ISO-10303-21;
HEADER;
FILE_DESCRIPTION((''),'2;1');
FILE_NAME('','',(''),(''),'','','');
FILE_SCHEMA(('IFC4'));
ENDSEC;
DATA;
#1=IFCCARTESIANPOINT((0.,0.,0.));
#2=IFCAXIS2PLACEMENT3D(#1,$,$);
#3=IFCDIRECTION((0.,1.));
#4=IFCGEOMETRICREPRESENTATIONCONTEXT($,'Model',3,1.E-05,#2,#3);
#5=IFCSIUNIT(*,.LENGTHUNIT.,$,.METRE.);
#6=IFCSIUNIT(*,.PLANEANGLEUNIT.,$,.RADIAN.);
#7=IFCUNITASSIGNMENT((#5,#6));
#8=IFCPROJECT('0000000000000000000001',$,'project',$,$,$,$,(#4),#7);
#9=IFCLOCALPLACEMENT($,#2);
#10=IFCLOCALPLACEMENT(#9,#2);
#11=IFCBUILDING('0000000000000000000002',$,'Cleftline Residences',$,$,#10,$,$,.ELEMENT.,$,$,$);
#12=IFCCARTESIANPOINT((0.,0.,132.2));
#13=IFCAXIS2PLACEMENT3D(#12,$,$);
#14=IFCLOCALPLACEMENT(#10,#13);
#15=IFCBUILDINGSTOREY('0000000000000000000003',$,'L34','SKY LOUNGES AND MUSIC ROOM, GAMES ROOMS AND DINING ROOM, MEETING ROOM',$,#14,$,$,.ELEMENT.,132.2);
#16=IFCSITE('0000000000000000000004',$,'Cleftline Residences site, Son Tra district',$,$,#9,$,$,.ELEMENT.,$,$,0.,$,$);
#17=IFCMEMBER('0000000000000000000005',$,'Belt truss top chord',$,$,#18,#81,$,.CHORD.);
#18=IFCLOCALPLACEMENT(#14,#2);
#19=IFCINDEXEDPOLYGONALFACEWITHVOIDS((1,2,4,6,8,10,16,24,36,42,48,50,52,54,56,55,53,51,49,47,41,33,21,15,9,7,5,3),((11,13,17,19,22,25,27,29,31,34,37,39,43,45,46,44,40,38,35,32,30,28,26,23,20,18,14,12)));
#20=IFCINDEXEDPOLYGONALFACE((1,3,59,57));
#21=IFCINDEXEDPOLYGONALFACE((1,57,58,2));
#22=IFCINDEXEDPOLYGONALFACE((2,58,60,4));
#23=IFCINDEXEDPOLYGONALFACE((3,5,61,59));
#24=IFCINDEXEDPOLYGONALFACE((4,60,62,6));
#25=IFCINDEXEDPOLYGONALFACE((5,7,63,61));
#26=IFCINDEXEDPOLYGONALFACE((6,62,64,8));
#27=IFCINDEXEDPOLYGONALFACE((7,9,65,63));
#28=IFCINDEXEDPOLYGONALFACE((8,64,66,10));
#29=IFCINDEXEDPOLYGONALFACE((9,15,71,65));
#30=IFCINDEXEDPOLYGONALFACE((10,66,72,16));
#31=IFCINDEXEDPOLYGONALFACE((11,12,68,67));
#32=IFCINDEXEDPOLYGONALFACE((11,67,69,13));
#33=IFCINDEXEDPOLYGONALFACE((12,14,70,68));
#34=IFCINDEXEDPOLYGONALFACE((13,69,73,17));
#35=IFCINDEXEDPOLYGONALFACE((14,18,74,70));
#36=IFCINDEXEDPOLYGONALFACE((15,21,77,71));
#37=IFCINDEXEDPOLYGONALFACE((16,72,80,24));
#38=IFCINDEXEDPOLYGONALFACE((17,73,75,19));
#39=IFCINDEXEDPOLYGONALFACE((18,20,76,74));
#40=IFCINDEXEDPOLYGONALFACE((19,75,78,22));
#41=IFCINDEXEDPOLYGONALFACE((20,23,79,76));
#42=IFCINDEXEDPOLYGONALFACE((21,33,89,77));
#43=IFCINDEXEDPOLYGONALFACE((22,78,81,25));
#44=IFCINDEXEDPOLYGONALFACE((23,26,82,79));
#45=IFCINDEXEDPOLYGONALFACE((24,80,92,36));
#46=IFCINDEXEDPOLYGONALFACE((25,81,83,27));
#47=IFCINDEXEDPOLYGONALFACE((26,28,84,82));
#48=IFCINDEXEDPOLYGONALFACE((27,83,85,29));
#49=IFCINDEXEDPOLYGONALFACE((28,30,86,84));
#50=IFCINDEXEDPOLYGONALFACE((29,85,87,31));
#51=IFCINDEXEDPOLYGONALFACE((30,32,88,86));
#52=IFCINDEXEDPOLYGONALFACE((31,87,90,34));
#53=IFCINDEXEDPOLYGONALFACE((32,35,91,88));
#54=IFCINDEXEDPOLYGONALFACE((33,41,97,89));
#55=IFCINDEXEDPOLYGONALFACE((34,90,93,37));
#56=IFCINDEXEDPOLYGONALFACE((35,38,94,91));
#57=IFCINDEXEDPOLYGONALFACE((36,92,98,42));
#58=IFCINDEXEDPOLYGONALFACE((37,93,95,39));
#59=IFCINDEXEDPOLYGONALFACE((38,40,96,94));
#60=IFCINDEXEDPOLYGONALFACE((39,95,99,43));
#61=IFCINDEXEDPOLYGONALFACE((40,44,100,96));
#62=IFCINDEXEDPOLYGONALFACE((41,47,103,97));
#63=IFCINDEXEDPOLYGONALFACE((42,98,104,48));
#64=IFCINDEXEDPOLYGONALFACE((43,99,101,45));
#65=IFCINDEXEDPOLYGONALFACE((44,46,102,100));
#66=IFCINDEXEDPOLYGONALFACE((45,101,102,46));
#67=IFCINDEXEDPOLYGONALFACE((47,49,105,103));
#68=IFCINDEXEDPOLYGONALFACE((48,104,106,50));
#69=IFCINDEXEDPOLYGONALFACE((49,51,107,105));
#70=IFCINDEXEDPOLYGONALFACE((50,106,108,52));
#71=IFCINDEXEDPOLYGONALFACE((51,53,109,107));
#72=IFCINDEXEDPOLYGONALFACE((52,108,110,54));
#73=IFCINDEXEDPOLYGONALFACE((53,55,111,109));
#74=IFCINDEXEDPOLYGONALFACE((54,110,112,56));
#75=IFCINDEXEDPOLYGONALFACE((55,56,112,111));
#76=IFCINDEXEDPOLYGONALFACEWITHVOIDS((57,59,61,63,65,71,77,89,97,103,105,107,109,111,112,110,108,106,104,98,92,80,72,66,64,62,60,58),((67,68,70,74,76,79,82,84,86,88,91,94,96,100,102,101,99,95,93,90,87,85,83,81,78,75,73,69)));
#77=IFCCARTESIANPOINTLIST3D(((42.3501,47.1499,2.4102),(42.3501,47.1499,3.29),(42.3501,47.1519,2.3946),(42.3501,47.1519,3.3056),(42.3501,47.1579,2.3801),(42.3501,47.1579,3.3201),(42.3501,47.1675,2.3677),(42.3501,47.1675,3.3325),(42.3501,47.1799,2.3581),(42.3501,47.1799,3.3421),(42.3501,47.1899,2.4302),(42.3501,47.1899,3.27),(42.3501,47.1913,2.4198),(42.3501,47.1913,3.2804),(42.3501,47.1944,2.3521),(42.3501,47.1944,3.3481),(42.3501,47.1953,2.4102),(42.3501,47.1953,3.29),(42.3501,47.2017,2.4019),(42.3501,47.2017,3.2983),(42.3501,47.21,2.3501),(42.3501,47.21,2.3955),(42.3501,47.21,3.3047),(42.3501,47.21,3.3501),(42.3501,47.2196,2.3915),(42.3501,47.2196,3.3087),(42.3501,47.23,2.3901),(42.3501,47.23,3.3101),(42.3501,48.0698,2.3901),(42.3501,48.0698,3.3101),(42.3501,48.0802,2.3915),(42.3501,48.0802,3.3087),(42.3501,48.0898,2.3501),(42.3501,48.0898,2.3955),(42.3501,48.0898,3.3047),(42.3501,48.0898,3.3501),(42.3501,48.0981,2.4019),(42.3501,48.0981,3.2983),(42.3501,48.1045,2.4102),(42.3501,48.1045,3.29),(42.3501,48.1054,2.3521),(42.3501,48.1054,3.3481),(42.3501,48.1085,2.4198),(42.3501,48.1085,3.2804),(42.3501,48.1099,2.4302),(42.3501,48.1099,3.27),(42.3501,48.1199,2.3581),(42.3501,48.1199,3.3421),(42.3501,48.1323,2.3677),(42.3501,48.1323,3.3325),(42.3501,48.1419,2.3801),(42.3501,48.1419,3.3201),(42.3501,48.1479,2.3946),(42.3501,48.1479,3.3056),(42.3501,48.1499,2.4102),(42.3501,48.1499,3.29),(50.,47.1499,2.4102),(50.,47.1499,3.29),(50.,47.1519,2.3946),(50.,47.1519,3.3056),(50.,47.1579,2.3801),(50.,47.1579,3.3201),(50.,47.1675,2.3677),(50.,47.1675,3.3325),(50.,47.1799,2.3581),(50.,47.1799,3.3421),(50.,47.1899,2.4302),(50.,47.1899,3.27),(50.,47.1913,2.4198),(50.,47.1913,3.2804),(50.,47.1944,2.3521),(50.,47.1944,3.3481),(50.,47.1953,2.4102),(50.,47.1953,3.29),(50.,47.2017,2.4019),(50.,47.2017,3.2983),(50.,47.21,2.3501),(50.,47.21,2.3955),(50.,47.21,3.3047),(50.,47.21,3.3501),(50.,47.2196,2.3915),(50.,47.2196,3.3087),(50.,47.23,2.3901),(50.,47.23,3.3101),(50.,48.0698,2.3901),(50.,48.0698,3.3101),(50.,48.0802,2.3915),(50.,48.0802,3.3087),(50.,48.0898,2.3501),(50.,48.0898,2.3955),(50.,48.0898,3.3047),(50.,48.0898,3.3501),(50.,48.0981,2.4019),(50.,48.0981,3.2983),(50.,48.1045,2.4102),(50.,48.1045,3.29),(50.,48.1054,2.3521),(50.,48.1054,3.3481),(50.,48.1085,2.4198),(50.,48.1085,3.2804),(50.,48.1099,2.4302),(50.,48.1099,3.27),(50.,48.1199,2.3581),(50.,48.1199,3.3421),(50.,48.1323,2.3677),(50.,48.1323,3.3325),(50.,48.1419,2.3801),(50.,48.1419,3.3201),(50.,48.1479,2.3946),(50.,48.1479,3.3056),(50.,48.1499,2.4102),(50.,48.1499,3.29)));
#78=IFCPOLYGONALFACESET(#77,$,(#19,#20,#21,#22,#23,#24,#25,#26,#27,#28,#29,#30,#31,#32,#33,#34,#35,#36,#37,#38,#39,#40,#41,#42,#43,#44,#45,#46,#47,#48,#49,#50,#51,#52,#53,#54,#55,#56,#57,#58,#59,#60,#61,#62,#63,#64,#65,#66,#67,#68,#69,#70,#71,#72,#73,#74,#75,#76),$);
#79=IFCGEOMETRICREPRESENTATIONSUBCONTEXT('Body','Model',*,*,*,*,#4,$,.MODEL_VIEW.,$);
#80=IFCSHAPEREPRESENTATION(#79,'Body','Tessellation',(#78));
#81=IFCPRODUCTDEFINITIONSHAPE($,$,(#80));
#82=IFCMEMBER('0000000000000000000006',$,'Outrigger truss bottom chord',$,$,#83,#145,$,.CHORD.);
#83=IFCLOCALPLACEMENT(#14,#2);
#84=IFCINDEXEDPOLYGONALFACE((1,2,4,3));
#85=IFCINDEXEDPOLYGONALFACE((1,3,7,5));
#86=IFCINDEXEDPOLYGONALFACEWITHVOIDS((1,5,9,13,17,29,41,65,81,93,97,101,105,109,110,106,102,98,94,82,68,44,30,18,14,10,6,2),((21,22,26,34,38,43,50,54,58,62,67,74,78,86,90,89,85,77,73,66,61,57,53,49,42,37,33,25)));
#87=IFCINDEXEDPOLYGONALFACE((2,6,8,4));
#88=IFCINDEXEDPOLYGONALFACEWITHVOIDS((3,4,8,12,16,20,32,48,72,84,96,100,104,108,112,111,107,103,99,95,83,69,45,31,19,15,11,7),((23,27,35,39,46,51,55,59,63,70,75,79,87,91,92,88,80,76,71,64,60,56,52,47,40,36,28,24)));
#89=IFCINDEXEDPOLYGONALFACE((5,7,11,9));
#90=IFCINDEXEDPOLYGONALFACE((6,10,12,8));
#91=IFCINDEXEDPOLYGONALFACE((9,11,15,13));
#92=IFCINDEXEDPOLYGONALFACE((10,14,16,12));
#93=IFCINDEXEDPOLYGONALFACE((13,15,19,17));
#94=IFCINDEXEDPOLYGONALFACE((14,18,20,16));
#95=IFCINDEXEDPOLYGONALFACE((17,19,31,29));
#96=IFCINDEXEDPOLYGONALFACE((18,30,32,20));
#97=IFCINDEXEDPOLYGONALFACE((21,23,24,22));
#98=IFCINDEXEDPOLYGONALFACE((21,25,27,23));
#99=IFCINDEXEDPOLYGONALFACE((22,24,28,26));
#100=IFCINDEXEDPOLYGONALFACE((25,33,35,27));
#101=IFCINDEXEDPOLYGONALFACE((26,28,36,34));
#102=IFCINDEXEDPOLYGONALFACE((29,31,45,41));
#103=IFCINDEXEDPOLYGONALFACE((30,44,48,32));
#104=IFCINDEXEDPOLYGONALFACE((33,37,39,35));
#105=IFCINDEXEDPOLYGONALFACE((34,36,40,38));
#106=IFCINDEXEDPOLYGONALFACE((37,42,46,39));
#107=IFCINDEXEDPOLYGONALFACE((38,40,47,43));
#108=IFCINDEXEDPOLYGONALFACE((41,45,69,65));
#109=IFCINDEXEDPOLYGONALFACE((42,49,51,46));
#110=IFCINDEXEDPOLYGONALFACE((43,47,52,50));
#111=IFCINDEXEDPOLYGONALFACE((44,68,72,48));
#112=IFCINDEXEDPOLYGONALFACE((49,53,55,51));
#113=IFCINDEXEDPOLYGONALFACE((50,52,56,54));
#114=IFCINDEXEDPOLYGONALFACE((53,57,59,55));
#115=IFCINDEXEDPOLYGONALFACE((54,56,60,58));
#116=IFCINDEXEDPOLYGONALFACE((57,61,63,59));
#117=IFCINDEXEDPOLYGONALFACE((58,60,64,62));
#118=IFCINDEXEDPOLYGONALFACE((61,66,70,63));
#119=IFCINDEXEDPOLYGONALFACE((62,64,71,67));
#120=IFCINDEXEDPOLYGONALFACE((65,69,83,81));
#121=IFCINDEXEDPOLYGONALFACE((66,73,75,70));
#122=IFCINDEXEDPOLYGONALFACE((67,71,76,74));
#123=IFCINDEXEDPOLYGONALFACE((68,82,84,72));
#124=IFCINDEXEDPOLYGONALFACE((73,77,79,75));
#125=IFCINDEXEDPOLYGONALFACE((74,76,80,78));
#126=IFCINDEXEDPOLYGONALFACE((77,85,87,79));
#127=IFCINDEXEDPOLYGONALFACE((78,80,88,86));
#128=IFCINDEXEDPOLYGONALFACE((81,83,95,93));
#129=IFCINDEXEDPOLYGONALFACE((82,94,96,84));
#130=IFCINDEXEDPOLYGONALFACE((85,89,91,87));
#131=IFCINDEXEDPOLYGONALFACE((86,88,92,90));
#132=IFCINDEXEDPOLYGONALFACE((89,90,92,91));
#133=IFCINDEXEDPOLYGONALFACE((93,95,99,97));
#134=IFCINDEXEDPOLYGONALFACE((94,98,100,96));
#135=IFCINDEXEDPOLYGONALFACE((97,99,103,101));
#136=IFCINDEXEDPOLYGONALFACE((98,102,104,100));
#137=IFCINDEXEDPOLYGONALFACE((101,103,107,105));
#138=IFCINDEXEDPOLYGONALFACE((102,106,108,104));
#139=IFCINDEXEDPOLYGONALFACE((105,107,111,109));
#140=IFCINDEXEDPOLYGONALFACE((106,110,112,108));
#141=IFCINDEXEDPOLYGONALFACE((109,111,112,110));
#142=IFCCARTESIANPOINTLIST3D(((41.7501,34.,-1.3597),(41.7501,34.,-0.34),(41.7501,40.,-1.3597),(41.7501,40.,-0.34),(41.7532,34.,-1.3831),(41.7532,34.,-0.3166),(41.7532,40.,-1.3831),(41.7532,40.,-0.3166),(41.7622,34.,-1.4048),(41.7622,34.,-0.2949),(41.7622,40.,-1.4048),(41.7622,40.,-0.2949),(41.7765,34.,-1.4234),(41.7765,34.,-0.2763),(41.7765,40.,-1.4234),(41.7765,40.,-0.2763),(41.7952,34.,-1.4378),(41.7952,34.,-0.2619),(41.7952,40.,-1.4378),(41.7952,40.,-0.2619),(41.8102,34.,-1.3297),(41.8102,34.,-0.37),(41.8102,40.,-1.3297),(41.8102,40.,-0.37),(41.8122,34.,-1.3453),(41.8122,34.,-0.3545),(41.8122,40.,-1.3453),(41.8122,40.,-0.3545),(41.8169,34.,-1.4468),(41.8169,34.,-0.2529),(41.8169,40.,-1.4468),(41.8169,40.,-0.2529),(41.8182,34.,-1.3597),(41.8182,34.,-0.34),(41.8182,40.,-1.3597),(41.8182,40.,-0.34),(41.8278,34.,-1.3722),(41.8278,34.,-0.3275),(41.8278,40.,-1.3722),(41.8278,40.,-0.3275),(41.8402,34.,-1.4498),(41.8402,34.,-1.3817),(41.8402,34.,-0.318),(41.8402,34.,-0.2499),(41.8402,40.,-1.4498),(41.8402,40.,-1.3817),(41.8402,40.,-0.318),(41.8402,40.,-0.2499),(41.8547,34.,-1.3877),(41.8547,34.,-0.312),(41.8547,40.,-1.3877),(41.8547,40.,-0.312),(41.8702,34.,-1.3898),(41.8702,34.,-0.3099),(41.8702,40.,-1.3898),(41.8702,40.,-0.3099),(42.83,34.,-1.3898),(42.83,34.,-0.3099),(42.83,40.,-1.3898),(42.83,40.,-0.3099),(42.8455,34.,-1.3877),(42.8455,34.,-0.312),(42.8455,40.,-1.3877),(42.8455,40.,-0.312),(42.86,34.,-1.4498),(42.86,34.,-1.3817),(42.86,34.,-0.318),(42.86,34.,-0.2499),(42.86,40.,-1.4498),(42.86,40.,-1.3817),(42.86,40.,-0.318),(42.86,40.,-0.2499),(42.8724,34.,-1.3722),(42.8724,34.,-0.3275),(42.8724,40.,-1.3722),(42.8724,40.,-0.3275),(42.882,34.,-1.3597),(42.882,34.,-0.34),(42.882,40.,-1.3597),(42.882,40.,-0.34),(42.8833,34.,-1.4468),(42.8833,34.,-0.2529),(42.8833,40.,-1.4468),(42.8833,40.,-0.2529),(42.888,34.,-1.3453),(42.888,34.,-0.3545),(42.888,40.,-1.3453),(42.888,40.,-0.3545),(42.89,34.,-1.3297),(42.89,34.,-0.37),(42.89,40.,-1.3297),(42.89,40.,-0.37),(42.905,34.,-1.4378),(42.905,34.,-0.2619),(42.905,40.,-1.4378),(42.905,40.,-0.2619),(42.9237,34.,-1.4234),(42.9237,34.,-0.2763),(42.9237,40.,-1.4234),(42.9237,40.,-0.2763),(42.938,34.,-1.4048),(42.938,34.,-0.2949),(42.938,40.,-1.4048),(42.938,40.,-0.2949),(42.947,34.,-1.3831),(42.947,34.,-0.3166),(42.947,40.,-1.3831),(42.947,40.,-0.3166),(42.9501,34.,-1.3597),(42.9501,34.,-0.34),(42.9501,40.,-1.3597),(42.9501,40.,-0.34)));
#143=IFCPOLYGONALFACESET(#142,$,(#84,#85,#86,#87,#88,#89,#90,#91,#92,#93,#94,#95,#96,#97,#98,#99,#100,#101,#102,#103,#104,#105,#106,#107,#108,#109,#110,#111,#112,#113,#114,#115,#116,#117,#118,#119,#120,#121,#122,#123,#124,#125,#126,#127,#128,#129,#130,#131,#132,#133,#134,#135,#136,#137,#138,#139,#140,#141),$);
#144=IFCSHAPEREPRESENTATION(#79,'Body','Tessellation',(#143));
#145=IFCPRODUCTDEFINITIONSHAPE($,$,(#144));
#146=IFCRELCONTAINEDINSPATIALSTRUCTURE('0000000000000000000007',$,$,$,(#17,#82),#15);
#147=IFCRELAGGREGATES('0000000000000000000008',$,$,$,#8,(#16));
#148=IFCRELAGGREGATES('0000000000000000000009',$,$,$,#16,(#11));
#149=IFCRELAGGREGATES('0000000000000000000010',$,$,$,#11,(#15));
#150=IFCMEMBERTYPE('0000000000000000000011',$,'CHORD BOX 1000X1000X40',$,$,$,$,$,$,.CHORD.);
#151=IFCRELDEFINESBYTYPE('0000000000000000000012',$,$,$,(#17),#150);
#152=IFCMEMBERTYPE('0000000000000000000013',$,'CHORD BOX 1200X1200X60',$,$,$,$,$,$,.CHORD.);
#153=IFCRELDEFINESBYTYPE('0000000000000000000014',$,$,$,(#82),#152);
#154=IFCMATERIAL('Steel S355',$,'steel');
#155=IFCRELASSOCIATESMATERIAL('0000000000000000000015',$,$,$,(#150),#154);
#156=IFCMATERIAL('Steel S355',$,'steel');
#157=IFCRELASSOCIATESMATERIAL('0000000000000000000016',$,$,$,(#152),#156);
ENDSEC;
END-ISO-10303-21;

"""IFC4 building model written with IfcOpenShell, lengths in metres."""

from ifc_helpers import new_model, si_unit, direction, frame, origin, origin_2d, place, context, subcontext, project, spatial, hollow_rectangle, extrude, material, material_profile, profile_set, type_object, element, save


model = new_model("IFC4")

# Units and contexts
model_context = context("Model", 3, precision=1e-05, world=origin(), true_north=direction((0.0, 1.0)))
body_context = subcontext(model_context, "Body", "Model", "MODEL_VIEW")
ifc_project = project(units=[si_unit("LENGTHUNIT", "METRE"), si_unit("PLANEANGLEUNIT", "RADIAN")], contexts=[model_context])

# Site, building, storey
site_placement = place(None, origin())
site = spatial("IfcSite", under=ifc_project, at=site_placement, Name="Cleftline Residences site, Son Tra district", CompositionType="ELEMENT", RefElevation=0.0)
building_placement = place(site_placement, origin())
building = spatial("IfcBuilding", under=site, at=building_placement, Name="Cleftline Residences", CompositionType="ELEMENT")
storey_placement = place(building_placement, frame((0.0, 0.0, 132.2)))
storey = spatial("IfcBuildingStorey", under=building, at=storey_placement, Name="L34", Description="SKY LOUNGES AND MUSIC ROOM, GAMES ROOMS AND DINING ROOM, MEETING ROOM", CompositionType="ELEMENT", Elevation=132.2)

# Members
ifc_material_1 = material(Name="Steel S355", Category="steel")
ifc_material_profile_1 = material_profile(ifc_material_1, hollow_rectangle(XDim=1.0, YDim=1.0, WallThickness=0.04, InnerFilletRadius=0.04, OuterFilletRadius=0.0601, at=origin_2d()))
ifc_profile_set_1 = profile_set([ifc_material_profile_1], Name="Steel S355")
member_type_1 = type_object("IfcMemberType", Name="CHORD BOX 1000X1000X40", PredefinedType="CHORD", material=ifc_profile_set_1)
for number, where, z_axis, x_axis, name in (
    (1, (42.3501, 47.6499, 2.8501), (1.0, 0.0, 0.0), (0.0, 1.0, 0.0), "Belt truss top chord"),
):
    element("IfcMember", number, at=place(storey_placement, frame(where, z_axis=z_axis, x_axis=x_axis)), inside=storey, type_object=member_type_1, Name=name, PredefinedType="CHORD", context=body_context, shape_type="SweptSolid", body=[
        extrude(hollow_rectangle(XDim=1.0, YDim=1.0, WallThickness=0.04, InnerFilletRadius=0.04, OuterFilletRadius=0.0601, at=origin_2d()), origin(), (0.0, 0.0, 1.0), 7.6499),
    ])
ifc_material_2 = material(Name="Steel S355", Category="steel")
ifc_material_profile_2 = material_profile(ifc_material_2, hollow_rectangle(XDim=1.2, YDim=1.2, WallThickness=0.0601, InnerFilletRadius=0.0601, OuterFilletRadius=0.0901, at=origin_2d()))
ifc_profile_set_2 = profile_set([ifc_material_profile_2], Name="Steel S355")
member_type_2 = type_object("IfcMemberType", Name="CHORD BOX 1200X1200X60", PredefinedType="CHORD", material=ifc_profile_set_2)
for number, where, z_axis, x_axis, name in (
    (2, (42.3501, 40.0, -0.8499), (0.0, -1.0, 0.0), (1.0, 0.0, 0.0), "Outrigger truss bottom chord"),
):
    element("IfcMember", number, at=place(storey_placement, frame(where, z_axis=z_axis, x_axis=x_axis)), inside=storey, type_object=member_type_2, Name=name, PredefinedType="CHORD", context=body_context, shape_type="SweptSolid", body=[
        extrude(hollow_rectangle(XDim=1.2, YDim=1.2, WallThickness=0.0601, InnerFilletRadius=0.0601, OuterFilletRadius=0.0901, at=origin_2d()), origin(), (0.0, 0.0, 1.0), 6.0),
    ])

save(model, "model.ifc")
